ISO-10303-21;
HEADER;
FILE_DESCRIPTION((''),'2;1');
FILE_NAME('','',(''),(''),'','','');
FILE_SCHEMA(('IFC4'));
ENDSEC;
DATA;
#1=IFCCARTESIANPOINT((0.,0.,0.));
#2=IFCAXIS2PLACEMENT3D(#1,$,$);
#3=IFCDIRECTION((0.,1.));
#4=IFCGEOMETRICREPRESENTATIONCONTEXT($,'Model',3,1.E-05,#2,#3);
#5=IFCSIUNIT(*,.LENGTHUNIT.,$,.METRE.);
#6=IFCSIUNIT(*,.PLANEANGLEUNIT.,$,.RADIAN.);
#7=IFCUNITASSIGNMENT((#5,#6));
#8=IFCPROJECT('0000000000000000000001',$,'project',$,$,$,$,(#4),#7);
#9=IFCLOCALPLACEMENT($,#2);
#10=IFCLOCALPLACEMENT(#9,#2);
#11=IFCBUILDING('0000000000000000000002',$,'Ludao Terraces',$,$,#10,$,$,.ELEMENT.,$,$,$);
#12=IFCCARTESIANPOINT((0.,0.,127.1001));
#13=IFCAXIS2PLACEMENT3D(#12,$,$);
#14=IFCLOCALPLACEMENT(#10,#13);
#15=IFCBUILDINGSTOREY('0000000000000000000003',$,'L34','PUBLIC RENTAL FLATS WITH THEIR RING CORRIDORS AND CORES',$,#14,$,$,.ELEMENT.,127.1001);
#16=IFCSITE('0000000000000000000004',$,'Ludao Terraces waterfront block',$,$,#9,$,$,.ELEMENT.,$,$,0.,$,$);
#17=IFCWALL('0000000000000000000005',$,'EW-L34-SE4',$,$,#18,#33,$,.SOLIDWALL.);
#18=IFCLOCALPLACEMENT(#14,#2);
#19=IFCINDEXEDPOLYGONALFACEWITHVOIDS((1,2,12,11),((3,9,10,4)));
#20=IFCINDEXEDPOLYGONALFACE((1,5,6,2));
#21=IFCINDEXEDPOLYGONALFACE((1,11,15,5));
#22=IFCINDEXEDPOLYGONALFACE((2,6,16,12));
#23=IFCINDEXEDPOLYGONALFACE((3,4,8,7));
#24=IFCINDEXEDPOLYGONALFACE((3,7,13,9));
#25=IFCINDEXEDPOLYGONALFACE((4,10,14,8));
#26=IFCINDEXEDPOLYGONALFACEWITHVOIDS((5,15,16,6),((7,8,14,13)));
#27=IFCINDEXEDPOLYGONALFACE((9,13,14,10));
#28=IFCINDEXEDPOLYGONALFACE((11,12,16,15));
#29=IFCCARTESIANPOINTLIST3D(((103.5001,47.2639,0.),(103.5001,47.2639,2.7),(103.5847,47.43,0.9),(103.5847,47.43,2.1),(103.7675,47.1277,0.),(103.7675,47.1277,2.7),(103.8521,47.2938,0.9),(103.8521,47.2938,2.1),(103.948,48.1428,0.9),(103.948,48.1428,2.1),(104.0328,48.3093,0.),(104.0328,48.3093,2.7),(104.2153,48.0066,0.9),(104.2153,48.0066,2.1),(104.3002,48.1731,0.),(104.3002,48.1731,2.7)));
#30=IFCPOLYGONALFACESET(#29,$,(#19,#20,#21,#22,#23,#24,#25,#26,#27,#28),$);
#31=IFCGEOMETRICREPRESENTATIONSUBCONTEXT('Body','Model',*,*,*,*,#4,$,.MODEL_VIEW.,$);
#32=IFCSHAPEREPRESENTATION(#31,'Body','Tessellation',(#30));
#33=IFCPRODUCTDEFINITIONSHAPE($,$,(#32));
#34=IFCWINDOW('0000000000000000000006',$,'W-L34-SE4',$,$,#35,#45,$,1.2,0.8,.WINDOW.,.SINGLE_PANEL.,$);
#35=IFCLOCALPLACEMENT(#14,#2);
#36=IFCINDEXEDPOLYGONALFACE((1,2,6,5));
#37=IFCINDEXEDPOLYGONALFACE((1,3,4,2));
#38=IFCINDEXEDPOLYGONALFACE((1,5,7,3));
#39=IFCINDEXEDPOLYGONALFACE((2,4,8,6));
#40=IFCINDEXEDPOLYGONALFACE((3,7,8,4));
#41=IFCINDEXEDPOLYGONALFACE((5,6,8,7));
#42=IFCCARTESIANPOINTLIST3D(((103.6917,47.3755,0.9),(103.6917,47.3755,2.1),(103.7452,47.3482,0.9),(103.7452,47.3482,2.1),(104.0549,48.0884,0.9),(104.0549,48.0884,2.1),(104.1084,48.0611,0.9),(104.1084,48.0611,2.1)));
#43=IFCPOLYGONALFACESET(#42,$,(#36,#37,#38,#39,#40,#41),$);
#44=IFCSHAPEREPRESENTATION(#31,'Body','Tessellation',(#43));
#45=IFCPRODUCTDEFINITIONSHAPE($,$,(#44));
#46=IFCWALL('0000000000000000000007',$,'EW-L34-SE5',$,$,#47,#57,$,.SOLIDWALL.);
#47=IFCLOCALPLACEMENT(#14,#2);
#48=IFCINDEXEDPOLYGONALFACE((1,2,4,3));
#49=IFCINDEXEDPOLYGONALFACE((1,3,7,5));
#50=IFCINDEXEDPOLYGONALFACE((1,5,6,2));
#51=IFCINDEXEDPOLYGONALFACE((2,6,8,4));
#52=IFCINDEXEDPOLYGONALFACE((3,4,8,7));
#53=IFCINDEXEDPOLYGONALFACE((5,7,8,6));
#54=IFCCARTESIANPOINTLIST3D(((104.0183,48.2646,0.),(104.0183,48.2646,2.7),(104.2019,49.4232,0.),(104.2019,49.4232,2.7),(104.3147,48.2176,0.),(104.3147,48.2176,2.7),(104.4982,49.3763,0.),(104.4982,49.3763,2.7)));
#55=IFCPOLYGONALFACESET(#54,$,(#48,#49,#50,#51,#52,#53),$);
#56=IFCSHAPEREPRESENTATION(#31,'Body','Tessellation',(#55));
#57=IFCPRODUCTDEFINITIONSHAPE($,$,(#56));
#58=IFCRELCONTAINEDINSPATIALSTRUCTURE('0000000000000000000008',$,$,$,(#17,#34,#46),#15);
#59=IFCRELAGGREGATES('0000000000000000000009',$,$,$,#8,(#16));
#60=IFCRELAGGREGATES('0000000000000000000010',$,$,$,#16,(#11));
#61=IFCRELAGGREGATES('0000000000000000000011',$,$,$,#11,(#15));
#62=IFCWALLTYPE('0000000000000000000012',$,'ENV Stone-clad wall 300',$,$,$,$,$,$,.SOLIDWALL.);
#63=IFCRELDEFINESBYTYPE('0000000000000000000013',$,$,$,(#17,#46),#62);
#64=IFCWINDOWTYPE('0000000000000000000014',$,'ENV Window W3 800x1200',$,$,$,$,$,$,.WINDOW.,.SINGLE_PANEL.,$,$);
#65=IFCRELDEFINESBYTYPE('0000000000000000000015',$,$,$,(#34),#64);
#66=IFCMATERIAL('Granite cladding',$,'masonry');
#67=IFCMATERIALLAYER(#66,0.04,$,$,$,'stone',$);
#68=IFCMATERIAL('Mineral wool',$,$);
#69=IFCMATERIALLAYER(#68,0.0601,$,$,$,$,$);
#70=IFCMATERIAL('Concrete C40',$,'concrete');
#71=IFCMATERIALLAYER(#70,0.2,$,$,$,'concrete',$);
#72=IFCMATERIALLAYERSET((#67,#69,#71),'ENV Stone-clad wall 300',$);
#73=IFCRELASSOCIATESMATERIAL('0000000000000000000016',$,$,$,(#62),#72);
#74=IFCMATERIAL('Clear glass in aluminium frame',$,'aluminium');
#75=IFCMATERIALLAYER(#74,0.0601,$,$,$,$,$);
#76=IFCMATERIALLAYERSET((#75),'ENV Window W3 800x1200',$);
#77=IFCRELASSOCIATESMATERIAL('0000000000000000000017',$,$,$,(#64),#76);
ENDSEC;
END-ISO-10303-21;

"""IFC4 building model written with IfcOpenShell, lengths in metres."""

from ifc_helpers import new_model, si_unit, direction, frame, frame_2d, origin, place, context, subcontext, project, spatial, rectangle, extrude, material, layer, layer_set, type_object, element, fill, save


model = new_model("IFC4")

# Units and contexts
model_context = context("Model", 3, precision=1e-05, world=origin(), true_north=direction((0.0, 1.0)))
body_context = subcontext(model_context, "Body", "Model", "MODEL_VIEW")
ifc_project = project(units=[si_unit("LENGTHUNIT", "METRE"), si_unit("PLANEANGLEUNIT", "RADIAN")], contexts=[model_context])

# Site, building, storey
site_placement = place(None, origin())
site = spatial("IfcSite", under=ifc_project, at=site_placement, Name="Ludao Terraces waterfront block", CompositionType="ELEMENT", RefElevation=0.0)
building_placement = place(site_placement, origin())
building = spatial("IfcBuilding", under=site, at=building_placement, Name="Ludao Terraces", CompositionType="ELEMENT")
storey_placement = place(building_placement, frame((0.0, 0.0, 127.1001)))
storey = spatial("IfcBuildingStorey", under=building, at=storey_placement, Name="L34", Description="PUBLIC RENTAL FLATS WITH THEIR RING CORRIDORS AND CORES", CompositionType="ELEMENT", Elevation=127.1001)

# Shared definitions
ifc_material_1 = material(Name="Concrete C40", Category="concrete")

# Wall, opening, window
ifc_material_2 = material(Name="Granite cladding", Category="masonry")
ifc_layer_1 = layer(ifc_material_2, 0.04, Category="stone")
ifc_material_3 = material(Name="Mineral wool")
ifc_layer_2 = layer(ifc_material_3, 0.0601)
ifc_layer_3 = layer(ifc_material_1, 0.2, Category="concrete")
ifc_layer_set_1 = layer_set([ifc_layer_1, ifc_layer_2, ifc_layer_3], Name="ENV Stone-clad wall 300")
wall_type = type_object("IfcWallType", Name="ENV Stone-clad wall 300", PredefinedType="SOLIDWALL", material=ifc_layer_set_1)
ifc_material_4 = material(Name="Clear glass in aluminium frame", Category="aluminium")
ifc_layer_4 = layer(ifc_material_4, 0.0601)
ifc_layer_set_2 = layer_set([ifc_layer_4], Name="ENV Window W3 800x1200")
window_type_1 = type_object("IfcWindowType", Name="ENV Window W3 800x1200", PartitioningType="SINGLE_PANEL", PredefinedType="WINDOW", material=ifc_layer_set_2)
wall_1_placement = place(storey_placement, frame((103.6338, 47.1958, 0.0), z_axis=(0.0, 0.0, 1.0), x_axis=(0.454026, 0.890989, 0.0)))
wall_1 = element("IfcWall", 1, at=wall_1_placement, inside=storey, type_object=wall_type, Name="EW-L34-SE4", PredefinedType="SOLIDWALL", context=body_context, shape_type="SweptSolid", body=[
    extrude(rectangle(XDim=1.1733, YDim=0.3, at=frame_2d((0.5867, 0.0))), origin(), (0.0, 0.0, 1.0), 2.7),
])
opening_1_placement = place(wall_1_placement, frame((0.1865, 0.0, 0.8999)))
opening_1 = element("IfcOpeningElement", 2, at=opening_1_placement, cuts=wall_1, PredefinedType="OPENING", context=body_context, shape_type="SweptSolid", body=[
    extrude(rectangle(XDim=0.8, YDim=1.2, at=frame_2d((0.3999, 0.6001))), frame((0.0, 0.1602, 0.0), z_axis=(0.0, -1.0, 0.0), x_axis=(1.0, 0.0, 0.0)), (0.0, 0.0, 1.0), 0.3201),
])
window_1_placement = place(opening_1_placement, origin())
window_1 = element("IfcWindow", 3, at=window_1_placement, inside=storey, type_object=window_type_1, Name="W-L34-SE4", OverallHeight=1.2, OverallWidth=0.8, PartitioningType="SINGLE_PANEL", PredefinedType="WINDOW", context=body_context, shape_type="SweptSolid", body=[
    extrude(rectangle(XDim=0.8, YDim=1.2, at=frame_2d((0.3999, 0.6001))), frame((0.0, 0.03, 0.0), z_axis=(0.0, -1.0, 0.0), x_axis=(1.0, 0.0, 0.0)), (0.0, 0.0, 1.0), 0.0601),
])
fill(opening_1, window_1)

# Wall
wall_2_placement = place(storey_placement, frame((104.1665, 48.2412, 0.0), z_axis=(0.0, 0.0, 1.0), x_axis=(0.156497, 0.987678, 0.0)))
element("IfcWall", 4, at=wall_2_placement, inside=storey, type_object=wall_type, Name="EW-L34-SE5", PredefinedType="SOLIDWALL", context=body_context, shape_type="SweptSolid", body=[
    extrude(rectangle(XDim=1.1731, YDim=0.3, at=frame_2d((0.5864, 0.0))), origin(), (0.0, 0.0, 1.0), 2.7),
])

save(model, "model.ifc")
